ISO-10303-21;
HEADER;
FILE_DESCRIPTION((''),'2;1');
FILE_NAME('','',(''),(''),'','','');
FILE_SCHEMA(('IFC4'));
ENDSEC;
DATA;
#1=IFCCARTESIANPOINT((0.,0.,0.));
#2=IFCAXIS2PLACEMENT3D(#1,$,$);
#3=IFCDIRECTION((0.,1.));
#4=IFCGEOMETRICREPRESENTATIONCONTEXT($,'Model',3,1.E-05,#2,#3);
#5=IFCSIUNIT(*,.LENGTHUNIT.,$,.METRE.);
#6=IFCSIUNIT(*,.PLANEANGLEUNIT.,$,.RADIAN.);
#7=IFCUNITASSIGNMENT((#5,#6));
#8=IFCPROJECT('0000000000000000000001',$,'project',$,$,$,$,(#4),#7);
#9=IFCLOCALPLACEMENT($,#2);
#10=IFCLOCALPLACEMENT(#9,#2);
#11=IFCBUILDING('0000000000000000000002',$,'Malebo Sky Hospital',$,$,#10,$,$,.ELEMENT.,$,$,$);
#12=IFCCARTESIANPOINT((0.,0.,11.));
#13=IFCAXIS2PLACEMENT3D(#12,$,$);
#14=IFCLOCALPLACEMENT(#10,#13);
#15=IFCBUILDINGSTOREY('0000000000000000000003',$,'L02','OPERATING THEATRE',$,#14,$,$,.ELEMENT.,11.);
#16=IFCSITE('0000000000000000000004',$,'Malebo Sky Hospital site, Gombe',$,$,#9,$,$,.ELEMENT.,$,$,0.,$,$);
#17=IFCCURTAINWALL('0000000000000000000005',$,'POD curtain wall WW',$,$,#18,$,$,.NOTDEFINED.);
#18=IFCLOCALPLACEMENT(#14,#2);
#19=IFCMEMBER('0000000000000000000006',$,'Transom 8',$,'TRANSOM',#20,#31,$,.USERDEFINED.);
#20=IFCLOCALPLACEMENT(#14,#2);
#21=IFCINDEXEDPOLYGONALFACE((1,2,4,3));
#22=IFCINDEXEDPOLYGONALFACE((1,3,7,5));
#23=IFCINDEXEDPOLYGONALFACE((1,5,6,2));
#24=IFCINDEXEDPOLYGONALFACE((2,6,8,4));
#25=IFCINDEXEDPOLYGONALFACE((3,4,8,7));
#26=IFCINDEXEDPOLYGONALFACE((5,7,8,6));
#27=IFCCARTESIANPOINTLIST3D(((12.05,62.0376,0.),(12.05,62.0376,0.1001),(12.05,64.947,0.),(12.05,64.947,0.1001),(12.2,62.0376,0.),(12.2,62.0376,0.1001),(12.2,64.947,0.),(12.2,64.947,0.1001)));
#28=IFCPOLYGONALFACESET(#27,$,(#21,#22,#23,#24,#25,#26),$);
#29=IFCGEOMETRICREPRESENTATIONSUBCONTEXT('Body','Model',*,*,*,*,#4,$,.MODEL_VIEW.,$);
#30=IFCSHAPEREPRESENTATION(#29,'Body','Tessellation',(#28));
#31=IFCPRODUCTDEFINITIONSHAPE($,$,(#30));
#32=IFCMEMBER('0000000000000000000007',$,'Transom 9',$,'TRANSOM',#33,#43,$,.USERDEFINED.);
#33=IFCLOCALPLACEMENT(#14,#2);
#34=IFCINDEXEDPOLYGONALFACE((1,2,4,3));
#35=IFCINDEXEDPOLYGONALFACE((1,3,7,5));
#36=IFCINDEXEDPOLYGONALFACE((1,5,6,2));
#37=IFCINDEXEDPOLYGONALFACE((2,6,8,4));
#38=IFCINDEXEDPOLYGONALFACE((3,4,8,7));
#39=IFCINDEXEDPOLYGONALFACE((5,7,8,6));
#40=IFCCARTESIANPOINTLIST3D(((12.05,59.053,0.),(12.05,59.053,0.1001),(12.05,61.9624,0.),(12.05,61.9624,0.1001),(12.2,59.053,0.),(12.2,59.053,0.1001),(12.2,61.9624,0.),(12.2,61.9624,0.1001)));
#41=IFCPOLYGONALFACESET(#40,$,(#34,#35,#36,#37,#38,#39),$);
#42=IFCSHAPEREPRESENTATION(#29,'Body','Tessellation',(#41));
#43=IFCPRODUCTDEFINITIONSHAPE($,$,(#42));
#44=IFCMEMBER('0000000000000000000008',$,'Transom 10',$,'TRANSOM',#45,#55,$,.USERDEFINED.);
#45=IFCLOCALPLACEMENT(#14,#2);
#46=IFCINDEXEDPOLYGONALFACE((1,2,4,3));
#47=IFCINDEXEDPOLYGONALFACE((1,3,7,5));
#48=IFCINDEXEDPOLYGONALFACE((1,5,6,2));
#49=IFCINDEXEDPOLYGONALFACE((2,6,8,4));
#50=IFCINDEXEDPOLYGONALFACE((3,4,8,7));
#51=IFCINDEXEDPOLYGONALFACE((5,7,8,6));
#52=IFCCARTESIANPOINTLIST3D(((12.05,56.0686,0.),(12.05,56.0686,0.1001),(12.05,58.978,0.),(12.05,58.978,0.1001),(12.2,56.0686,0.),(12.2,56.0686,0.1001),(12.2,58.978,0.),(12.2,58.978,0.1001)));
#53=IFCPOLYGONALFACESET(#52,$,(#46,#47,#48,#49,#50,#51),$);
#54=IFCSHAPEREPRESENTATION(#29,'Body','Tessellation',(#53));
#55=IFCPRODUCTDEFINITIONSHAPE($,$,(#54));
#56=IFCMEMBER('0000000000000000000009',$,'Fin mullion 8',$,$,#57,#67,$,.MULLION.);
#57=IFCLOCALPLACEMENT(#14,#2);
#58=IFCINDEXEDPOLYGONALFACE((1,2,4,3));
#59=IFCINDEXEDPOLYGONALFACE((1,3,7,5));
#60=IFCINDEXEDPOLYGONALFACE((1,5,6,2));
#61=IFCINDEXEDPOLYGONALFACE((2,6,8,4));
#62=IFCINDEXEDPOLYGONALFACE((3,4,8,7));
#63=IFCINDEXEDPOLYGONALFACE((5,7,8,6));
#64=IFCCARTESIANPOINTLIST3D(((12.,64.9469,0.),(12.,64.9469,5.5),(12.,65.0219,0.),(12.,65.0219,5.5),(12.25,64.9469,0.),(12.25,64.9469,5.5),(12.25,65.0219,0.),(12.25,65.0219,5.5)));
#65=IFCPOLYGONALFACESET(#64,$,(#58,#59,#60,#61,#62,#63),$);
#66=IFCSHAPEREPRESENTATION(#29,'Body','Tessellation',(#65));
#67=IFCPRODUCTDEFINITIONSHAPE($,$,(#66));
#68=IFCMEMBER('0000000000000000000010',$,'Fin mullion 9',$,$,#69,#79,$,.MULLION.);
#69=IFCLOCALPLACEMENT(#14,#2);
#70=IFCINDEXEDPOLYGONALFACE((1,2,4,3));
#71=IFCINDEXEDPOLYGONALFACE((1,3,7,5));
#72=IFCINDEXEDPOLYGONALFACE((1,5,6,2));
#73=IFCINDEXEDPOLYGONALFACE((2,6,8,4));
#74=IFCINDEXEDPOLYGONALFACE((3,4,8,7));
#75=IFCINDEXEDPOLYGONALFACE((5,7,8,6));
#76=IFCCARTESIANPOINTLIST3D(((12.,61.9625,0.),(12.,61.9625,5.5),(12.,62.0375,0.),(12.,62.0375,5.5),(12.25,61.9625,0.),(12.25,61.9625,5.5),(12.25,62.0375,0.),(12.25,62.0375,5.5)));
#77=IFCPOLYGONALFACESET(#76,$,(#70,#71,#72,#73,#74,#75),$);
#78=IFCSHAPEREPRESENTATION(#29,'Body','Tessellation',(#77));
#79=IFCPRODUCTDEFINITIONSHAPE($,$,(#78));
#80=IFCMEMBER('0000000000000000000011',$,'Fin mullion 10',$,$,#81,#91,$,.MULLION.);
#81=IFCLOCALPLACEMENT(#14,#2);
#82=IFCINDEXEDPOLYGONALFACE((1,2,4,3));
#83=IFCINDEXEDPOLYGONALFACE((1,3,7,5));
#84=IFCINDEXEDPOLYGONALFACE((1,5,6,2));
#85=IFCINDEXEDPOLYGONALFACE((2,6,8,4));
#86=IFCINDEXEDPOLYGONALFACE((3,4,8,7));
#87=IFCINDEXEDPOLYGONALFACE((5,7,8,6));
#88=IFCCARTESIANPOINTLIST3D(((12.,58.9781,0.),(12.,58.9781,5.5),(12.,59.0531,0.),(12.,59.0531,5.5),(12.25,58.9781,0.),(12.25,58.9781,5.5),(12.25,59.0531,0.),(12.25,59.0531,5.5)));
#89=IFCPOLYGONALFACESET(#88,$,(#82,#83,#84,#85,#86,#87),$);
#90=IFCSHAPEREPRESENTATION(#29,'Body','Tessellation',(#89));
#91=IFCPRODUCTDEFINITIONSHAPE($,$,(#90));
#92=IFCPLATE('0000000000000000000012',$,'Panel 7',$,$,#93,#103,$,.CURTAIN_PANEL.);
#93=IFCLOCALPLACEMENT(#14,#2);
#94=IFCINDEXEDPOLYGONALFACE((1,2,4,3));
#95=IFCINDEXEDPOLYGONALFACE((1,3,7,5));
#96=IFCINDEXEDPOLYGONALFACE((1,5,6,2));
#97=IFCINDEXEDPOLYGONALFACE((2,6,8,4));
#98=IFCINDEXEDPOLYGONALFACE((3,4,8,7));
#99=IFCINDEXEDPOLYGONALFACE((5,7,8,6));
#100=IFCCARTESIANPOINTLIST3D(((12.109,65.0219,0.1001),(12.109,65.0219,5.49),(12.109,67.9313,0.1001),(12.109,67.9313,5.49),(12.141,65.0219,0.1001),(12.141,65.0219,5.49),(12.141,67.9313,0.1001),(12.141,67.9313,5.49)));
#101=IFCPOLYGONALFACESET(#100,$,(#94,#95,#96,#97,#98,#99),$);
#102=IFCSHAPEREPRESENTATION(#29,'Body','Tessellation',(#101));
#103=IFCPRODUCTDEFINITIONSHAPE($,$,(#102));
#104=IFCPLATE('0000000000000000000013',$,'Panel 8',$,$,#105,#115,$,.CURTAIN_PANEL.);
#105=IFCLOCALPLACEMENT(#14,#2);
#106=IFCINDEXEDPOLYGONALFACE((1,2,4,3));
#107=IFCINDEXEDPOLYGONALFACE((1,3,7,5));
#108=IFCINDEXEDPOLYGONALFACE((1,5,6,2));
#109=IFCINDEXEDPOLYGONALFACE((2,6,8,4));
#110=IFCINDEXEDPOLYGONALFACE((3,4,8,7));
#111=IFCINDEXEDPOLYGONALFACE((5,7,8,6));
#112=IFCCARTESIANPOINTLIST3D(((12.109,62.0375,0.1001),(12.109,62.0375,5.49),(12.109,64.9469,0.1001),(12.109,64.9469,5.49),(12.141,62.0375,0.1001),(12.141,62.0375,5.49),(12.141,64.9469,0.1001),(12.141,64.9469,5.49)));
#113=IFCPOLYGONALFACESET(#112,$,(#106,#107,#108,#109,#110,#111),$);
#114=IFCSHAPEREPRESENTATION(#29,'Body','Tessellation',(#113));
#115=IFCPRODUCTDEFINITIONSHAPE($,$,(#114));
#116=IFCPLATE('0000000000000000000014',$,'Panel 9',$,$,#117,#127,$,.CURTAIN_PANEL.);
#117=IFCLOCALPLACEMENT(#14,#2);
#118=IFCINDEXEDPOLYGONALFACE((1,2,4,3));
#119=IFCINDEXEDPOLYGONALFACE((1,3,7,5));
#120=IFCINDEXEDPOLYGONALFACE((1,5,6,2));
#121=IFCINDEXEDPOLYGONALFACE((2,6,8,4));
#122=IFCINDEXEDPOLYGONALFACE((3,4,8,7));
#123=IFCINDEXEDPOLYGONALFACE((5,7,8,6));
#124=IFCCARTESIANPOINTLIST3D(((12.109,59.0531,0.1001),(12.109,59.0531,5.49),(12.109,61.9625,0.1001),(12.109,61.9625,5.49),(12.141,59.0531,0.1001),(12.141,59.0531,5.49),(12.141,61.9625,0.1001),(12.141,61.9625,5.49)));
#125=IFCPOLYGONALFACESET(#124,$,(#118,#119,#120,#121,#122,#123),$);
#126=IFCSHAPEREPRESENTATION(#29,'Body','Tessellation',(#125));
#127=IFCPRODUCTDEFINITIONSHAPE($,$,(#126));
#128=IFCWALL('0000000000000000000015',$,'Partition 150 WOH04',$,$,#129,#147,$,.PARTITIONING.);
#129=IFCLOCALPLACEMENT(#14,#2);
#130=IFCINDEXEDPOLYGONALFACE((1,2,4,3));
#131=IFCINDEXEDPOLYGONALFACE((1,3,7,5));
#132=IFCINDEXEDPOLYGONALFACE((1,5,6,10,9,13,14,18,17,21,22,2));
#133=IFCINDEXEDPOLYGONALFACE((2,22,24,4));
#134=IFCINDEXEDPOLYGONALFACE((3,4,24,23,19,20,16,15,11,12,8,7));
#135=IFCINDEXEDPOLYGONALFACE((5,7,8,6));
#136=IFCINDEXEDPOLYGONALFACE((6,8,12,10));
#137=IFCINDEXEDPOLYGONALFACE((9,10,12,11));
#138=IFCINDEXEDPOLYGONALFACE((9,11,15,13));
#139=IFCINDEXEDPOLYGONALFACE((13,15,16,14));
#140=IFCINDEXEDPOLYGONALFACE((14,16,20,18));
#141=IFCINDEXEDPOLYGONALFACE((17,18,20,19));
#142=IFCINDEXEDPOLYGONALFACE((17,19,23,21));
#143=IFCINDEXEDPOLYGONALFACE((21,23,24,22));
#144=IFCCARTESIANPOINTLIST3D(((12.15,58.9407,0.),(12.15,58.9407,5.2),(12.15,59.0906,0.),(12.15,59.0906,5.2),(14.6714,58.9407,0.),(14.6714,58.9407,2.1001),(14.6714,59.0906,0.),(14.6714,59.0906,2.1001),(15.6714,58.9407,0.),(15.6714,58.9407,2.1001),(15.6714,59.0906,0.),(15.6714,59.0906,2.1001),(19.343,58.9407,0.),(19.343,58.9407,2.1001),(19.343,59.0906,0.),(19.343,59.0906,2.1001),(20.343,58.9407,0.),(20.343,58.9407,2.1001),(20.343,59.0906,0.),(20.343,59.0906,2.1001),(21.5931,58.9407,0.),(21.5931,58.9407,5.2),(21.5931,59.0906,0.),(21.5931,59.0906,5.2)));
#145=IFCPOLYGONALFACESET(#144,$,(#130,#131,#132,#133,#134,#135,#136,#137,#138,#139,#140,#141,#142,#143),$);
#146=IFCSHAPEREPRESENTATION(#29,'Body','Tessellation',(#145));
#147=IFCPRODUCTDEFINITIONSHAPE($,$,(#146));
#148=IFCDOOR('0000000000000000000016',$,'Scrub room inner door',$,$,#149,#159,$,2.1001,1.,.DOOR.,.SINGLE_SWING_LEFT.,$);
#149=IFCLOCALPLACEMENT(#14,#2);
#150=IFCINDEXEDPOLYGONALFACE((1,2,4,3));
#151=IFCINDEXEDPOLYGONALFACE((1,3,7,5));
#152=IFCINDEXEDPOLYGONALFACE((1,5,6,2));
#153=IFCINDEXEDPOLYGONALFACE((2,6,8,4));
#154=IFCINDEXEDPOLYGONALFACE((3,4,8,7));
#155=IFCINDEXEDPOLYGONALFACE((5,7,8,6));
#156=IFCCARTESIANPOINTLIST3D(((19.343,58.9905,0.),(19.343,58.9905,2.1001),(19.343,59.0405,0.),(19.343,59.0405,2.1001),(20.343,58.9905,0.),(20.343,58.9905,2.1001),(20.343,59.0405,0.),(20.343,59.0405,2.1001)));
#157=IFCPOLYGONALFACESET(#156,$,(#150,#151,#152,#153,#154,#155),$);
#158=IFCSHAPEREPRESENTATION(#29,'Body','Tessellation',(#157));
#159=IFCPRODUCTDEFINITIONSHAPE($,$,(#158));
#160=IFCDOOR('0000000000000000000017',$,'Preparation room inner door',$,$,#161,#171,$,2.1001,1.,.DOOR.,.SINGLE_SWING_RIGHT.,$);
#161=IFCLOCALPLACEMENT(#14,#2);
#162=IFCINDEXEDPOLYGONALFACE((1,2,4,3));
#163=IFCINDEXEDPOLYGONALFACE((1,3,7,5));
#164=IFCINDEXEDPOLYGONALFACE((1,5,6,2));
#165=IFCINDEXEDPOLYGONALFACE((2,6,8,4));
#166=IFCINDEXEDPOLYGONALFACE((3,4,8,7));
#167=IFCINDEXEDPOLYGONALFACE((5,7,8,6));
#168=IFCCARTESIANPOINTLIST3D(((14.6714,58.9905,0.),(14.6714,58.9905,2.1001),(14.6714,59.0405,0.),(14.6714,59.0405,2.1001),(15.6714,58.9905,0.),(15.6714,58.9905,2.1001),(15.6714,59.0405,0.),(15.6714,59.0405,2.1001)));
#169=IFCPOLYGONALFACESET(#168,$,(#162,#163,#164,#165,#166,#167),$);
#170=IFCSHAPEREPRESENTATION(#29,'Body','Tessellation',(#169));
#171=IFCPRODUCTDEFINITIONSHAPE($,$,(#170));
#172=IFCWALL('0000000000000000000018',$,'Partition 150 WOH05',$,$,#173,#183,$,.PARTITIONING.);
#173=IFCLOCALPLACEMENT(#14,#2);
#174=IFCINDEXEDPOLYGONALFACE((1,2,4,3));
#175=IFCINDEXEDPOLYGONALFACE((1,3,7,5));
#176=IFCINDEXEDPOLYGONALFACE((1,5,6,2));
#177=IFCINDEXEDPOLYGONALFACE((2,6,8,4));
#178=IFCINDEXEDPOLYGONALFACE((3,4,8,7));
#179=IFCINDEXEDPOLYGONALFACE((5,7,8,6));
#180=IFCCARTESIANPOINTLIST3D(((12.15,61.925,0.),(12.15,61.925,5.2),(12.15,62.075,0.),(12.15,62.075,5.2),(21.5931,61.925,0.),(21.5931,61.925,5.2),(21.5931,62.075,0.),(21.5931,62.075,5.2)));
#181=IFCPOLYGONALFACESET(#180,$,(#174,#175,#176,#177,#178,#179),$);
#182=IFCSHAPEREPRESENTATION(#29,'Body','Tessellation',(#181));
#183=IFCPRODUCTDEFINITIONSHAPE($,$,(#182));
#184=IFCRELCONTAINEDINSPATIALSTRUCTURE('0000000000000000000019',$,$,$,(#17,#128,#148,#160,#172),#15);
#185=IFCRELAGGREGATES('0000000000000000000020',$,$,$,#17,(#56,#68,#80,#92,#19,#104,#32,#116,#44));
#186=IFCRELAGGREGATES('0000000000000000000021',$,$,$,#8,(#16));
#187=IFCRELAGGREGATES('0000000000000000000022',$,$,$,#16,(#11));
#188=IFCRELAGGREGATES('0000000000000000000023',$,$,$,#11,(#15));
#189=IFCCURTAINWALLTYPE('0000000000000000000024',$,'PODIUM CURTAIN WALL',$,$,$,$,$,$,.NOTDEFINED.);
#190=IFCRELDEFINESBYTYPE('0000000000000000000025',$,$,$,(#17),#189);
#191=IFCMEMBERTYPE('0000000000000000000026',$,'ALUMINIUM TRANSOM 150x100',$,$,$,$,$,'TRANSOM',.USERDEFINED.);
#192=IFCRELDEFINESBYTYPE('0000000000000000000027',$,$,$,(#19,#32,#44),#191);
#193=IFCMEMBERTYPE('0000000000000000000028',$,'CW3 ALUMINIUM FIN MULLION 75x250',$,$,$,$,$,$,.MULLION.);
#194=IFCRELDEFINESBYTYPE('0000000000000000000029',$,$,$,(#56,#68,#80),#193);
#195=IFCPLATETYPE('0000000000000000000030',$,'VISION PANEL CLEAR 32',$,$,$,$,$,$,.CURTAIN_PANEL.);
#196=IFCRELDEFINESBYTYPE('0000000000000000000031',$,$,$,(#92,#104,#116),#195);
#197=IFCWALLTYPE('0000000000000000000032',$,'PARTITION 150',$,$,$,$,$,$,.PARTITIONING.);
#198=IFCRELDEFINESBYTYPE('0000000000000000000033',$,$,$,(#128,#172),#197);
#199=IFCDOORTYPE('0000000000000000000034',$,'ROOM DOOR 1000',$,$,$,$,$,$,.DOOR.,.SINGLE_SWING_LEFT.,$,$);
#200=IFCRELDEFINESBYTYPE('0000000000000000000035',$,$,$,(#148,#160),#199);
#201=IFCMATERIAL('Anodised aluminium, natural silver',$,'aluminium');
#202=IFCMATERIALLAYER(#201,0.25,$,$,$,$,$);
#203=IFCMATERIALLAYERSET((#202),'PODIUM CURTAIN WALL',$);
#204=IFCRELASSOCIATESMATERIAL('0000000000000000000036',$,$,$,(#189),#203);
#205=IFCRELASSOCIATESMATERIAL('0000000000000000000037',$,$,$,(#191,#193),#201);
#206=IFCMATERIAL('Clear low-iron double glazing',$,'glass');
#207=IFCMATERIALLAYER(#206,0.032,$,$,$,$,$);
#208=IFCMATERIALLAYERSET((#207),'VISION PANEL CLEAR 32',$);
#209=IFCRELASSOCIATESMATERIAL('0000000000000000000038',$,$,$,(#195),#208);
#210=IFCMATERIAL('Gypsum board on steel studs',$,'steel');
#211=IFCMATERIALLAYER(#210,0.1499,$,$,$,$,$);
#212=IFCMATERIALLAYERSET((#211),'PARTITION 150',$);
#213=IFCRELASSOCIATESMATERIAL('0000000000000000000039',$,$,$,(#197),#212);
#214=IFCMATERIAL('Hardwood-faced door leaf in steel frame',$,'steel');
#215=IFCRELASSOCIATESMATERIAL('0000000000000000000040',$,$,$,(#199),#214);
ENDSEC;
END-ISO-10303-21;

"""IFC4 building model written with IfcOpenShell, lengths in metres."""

from ifc_helpers import new_model, si_unit, direction, frame, frame_2d, origin, origin_2d, place, context, subcontext, project, spatial, rectangle, extrude, material, layer, layer_set, material_profile, profile_set, type_object, element, fill, aggregate, save


model = new_model("IFC4")

# Units and contexts
model_context = context("Model", 3, precision=1e-05, world=origin(), true_north=direction((0.0, 1.0)))
body_context = subcontext(model_context, "Body", "Model", "MODEL_VIEW")
ifc_project = project(units=[si_unit("LENGTHUNIT", "METRE"), si_unit("PLANEANGLEUNIT", "RADIAN")], contexts=[model_context])

# Site, building, storey
site_placement = place(None, origin())
site = spatial("IfcSite", under=ifc_project, at=site_placement, Name="Malebo Sky Hospital site, Gombe", CompositionType="ELEMENT", RefElevation=0.0)
building_placement = place(site_placement, origin())
building = spatial("IfcBuilding", under=site, at=building_placement, Name="Malebo Sky Hospital", CompositionType="ELEMENT")
storey_placement = place(building_placement, frame((0.0, 0.0, 11.0)))
storey = spatial("IfcBuildingStorey", under=building, at=storey_placement, Name="L02", Description="OPERATING THEATRE", CompositionType="ELEMENT", Elevation=11.0)

# Curtain wall, members, plates
ifc_material_1 = material(Name="Anodised aluminium, natural silver", Category="aluminium")
ifc_layer_1 = layer(ifc_material_1, 0.25)
ifc_layer_set_1 = layer_set([ifc_layer_1], Name="PODIUM CURTAIN WALL")
curtain_wall_type = type_object("IfcCurtainWallType", Name="PODIUM CURTAIN WALL", PredefinedType="NOTDEFINED", material=ifc_layer_set_1)
curtain_wall_placement = place(storey_placement, origin())
curtain_wall = element("IfcCurtainWall", 1, at=curtain_wall_placement, inside=storey, type_object=curtain_wall_type, Name="POD curtain wall WW", PredefinedType="NOTDEFINED")
ifc_material_profile_1 = material_profile(ifc_material_1, rectangle(XDim=0.1499, YDim=0.1001, at=origin_2d()), Name="ALUMINIUM TRANSOM 150x100")
ifc_profile_set_1 = profile_set([ifc_material_profile_1], Name="Anodised aluminium, natural silver")
member_type_1 = type_object("IfcMemberType", Name="ALUMINIUM TRANSOM 150x100", ElementType="TRANSOM", PredefinedType="USERDEFINED", material=ifc_profile_set_1)
member_1_placement = place(storey_placement, frame((12.125, 64.947, 0.05), z_axis=(0.0, -1.0, 0.0), x_axis=(1.0, 0.0, 0.0)))
member_1 = element("IfcMember", 2, at=member_1_placement, type_object=member_type_1, Name="Transom 8", ObjectType="TRANSOM", PredefinedType="USERDEFINED", context=body_context, shape_type="SweptSolid", body=[
    extrude(rectangle(XDim=0.1499, YDim=0.1001, at=origin_2d()), origin(), (0.0, 0.0, 1.0), 2.9094),
])
member_2_placement = place(storey_placement, frame((12.125, 61.9624, 0.05), z_axis=(0.0, -1.0, 0.0), x_axis=(1.0, 0.0, 0.0)))
member_2 = element("IfcMember", 3, at=member_2_placement, type_object=member_type_1, Name="Transom 9", ObjectType="TRANSOM", PredefinedType="USERDEFINED", context=body_context, shape_type="SweptSolid", body=[
    extrude(rectangle(XDim=0.1499, YDim=0.1001, at=origin_2d()), origin(), (0.0, 0.0, 1.0), 2.9094),
])
member_3_placement = place(storey_placement, frame((12.125, 58.978, 0.05), z_axis=(0.0, -1.0, 0.0), x_axis=(1.0, 0.0, 0.0)))
member_3 = element("IfcMember", 4, at=member_3_placement, type_object=member_type_1, Name="Transom 10", ObjectType="TRANSOM", PredefinedType="USERDEFINED", context=body_context, shape_type="SweptSolid", body=[
    extrude(rectangle(XDim=0.1499, YDim=0.1001, at=origin_2d()), origin(), (0.0, 0.0, 1.0), 2.9094),
])
ifc_material_profile_2 = material_profile(ifc_material_1, rectangle(XDim=0.075, YDim=0.25, at=origin_2d()), Name="CW3 ALUMINIUM FIN MULLION 75x250")
ifc_profile_set_2 = profile_set([ifc_material_profile_2], Name="Anodised aluminium, natural silver")
member_type_2 = type_object("IfcMemberType", Name="CW3 ALUMINIUM FIN MULLION 75x250", PredefinedType="MULLION", material=ifc_profile_set_2)
member_4_placement = place(storey_placement, frame((12.125, 64.9844, 0.0), z_axis=(0.0, 0.0, 1.0), x_axis=(0.0, -1.0, 0.0)))
member_4 = element("IfcMember", 5, at=member_4_placement, type_object=member_type_2, Name="Fin mullion 8", PredefinedType="MULLION", context=body_context, shape_type="SweptSolid", body=[
    extrude(rectangle(XDim=0.075, YDim=0.25, at=origin_2d()), origin(), (0.0, 0.0, 1.0), 5.5),
])
member_5_placement = place(storey_placement, frame((12.125, 62.0, 0.0), z_axis=(0.0, 0.0, 1.0), x_axis=(0.0, -1.0, 0.0)))
member_5 = element("IfcMember", 6, at=member_5_placement, type_object=member_type_2, Name="Fin mullion 9", PredefinedType="MULLION", context=body_context, shape_type="SweptSolid", body=[
    extrude(rectangle(XDim=0.075, YDim=0.25, at=origin_2d()), origin(), (0.0, 0.0, 1.0), 5.5),
])
member_6_placement = place(storey_placement, frame((12.125, 59.0156, 0.0), z_axis=(0.0, 0.0, 1.0), x_axis=(0.0, -1.0, 0.0)))
member_6 = element("IfcMember", 7, at=member_6_placement, type_object=member_type_2, Name="Fin mullion 10", PredefinedType="MULLION", context=body_context, shape_type="SweptSolid", body=[
    extrude(rectangle(XDim=0.075, YDim=0.25, at=origin_2d()), origin(), (0.0, 0.0, 1.0), 5.5),
])
ifc_material_2 = material(Name="Clear low-iron double glazing", Category="glass")
ifc_layer_2 = layer(ifc_material_2, 0.032)
ifc_layer_set_2 = layer_set([ifc_layer_2], Name="VISION PANEL CLEAR 32")
plate_type = type_object("IfcPlateType", Name="VISION PANEL CLEAR 32", PredefinedType="CURTAIN_PANEL", material=ifc_layer_set_2)
plate_1_placement = place(storey_placement, frame((12.125, 66.4766, 0.1001), z_axis=(0.0, 0.0, 1.0), x_axis=(0.0, -1.0, 0.0)))
plate_1 = element("IfcPlate", 8, at=plate_1_placement, type_object=plate_type, Name="Panel 7", PredefinedType="CURTAIN_PANEL", context=body_context, shape_type="SweptSolid", body=[
    extrude(rectangle(XDim=2.9094, YDim=0.032, at=origin_2d()), origin(), (0.0, 0.0, 1.0), 5.3899),
])
plate_2_placement = place(storey_placement, frame((12.125, 63.4922, 0.1001), z_axis=(0.0, 0.0, 1.0), x_axis=(0.0, -1.0, 0.0)))
plate_2 = element("IfcPlate", 9, at=plate_2_placement, type_object=plate_type, Name="Panel 8", PredefinedType="CURTAIN_PANEL", context=body_context, shape_type="SweptSolid", body=[
    extrude(rectangle(XDim=2.9094, YDim=0.032, at=origin_2d()), origin(), (0.0, 0.0, 1.0), 5.3899),
])
plate_3_placement = place(storey_placement, frame((12.125, 60.5078, 0.1001), z_axis=(0.0, 0.0, 1.0), x_axis=(0.0, -1.0, 0.0)))
plate_3 = element("IfcPlate", 10, at=plate_3_placement, type_object=plate_type, Name="Panel 9", PredefinedType="CURTAIN_PANEL", context=body_context, shape_type="SweptSolid", body=[
    extrude(rectangle(XDim=2.9094, YDim=0.032, at=origin_2d()), origin(), (0.0, 0.0, 1.0), 5.3899),
])
aggregate(curtain_wall, [member_4, member_5, member_6, plate_1, member_1, plate_2, member_2, plate_3, member_3])

# Wall, openings, doors
ifc_material_3 = material(Name="Gypsum board on steel studs", Category="steel")
ifc_layer_3 = layer(ifc_material_3, 0.1499)
ifc_layer_set_3 = layer_set([ifc_layer_3], Name="PARTITION 150")
wall_type = type_object("IfcWallType", Name="PARTITION 150", PredefinedType="PARTITIONING", material=ifc_layer_set_3)
wall_1_placement = place(storey_placement, frame((12.1499, 59.0156, 0.0), z_axis=(0.0, 0.0, 1.0), x_axis=(1.0, 0.0, 0.0)))
wall_1 = element("IfcWall", 11, at=wall_1_placement, inside=storey, type_object=wall_type, Name="Partition 150 WOH04", PredefinedType="PARTITIONING", context=body_context, shape_type="SweptSolid", body=[
    extrude(rectangle(XDim=9.4431, YDim=0.1499, at=frame_2d((4.7217, 0.0))), origin(), (0.0, 0.0, 1.0), 5.2),
])
opening_1_placement = place(wall_1_placement, frame((7.1931, 0.0, 0.0)))
opening_1 = element("IfcOpeningElement", 12, at=opening_1_placement, cuts=wall_1, PredefinedType="OPENING", context=body_context, shape_type="SweptSolid", body=[
    extrude(rectangle(XDim=1.0, YDim=2.1001, at=frame_2d((0.5, 1.05))), frame((0.0, 0.085, 0.0), z_axis=(0.0, -1.0, 0.0), x_axis=(1.0, 0.0, 0.0)), (0.0, 0.0, 1.0), 0.1699),
])
opening_2_placement = place(wall_1_placement, frame((2.5215, 0.0, 0.0)))
opening_2 = element("IfcOpeningElement", 13, at=opening_2_placement, cuts=wall_1, PredefinedType="OPENING", context=body_context, shape_type="SweptSolid", body=[
    extrude(rectangle(XDim=1.0, YDim=2.1001, at=frame_2d((0.5, 1.05))), frame((0.0, 0.085, 0.0), z_axis=(0.0, -1.0, 0.0), x_axis=(1.0, 0.0, 0.0)), (0.0, 0.0, 1.0), 0.1699),
])
ifc_material_4 = material(Name="Hardwood-faced door leaf in steel frame", Category="steel")
door_type = type_object("IfcDoorType", Name="ROOM DOOR 1000", OperationType="SINGLE_SWING_LEFT", PredefinedType="DOOR", material=ifc_material_4)
door_1_placement = place(opening_1_placement, origin())
door_1 = element("IfcDoor", 14, at=door_1_placement, inside=storey, type_object=door_type, Name="Scrub room inner door", OperationType="SINGLE_SWING_LEFT", OverallHeight=2.1001, OverallWidth=1.0, PredefinedType="DOOR", context=body_context, shape_type="SweptSolid", body=[
    extrude(rectangle(XDim=1.0, YDim=2.1001, at=frame_2d((0.5, 1.05))), frame((0.0, 0.0249, 0.0), z_axis=(0.0, -1.0, 0.0), x_axis=(1.0, 0.0, 0.0)), (0.0, 0.0, 1.0), 0.05),
])
fill(opening_1, door_1)
door_2_placement = place(opening_2_placement, origin())
door_2 = element("IfcDoor", 15, at=door_2_placement, inside=storey, type_object=door_type, Name="Preparation room inner door", OperationType="SINGLE_SWING_RIGHT", OverallHeight=2.1001, OverallWidth=1.0, PredefinedType="DOOR", context=body_context, shape_type="SweptSolid", body=[
    extrude(rectangle(XDim=1.0, YDim=2.1001, at=frame_2d((0.5, 1.05))), frame((0.0, 0.0249, 0.0), z_axis=(0.0, -1.0, 0.0), x_axis=(1.0, 0.0, 0.0)), (0.0, 0.0, 1.0), 0.05),
])
fill(opening_2, door_2)

# Wall
wall_2_placement = place(storey_placement, frame((12.1499, 62.0, 0.0), z_axis=(0.0, 0.0, 1.0), x_axis=(1.0, 0.0, 0.0)))
element("IfcWall", 16, at=wall_2_placement, inside=storey, type_object=wall_type, Name="Partition 150 WOH05", PredefinedType="PARTITIONING", context=body_context, shape_type="SweptSolid", body=[
    extrude(rectangle(XDim=9.4431, YDim=0.1499, at=frame_2d((4.7217, 0.0))), origin(), (0.0, 0.0, 1.0), 5.2),
])

save(model, "model.ifc")
